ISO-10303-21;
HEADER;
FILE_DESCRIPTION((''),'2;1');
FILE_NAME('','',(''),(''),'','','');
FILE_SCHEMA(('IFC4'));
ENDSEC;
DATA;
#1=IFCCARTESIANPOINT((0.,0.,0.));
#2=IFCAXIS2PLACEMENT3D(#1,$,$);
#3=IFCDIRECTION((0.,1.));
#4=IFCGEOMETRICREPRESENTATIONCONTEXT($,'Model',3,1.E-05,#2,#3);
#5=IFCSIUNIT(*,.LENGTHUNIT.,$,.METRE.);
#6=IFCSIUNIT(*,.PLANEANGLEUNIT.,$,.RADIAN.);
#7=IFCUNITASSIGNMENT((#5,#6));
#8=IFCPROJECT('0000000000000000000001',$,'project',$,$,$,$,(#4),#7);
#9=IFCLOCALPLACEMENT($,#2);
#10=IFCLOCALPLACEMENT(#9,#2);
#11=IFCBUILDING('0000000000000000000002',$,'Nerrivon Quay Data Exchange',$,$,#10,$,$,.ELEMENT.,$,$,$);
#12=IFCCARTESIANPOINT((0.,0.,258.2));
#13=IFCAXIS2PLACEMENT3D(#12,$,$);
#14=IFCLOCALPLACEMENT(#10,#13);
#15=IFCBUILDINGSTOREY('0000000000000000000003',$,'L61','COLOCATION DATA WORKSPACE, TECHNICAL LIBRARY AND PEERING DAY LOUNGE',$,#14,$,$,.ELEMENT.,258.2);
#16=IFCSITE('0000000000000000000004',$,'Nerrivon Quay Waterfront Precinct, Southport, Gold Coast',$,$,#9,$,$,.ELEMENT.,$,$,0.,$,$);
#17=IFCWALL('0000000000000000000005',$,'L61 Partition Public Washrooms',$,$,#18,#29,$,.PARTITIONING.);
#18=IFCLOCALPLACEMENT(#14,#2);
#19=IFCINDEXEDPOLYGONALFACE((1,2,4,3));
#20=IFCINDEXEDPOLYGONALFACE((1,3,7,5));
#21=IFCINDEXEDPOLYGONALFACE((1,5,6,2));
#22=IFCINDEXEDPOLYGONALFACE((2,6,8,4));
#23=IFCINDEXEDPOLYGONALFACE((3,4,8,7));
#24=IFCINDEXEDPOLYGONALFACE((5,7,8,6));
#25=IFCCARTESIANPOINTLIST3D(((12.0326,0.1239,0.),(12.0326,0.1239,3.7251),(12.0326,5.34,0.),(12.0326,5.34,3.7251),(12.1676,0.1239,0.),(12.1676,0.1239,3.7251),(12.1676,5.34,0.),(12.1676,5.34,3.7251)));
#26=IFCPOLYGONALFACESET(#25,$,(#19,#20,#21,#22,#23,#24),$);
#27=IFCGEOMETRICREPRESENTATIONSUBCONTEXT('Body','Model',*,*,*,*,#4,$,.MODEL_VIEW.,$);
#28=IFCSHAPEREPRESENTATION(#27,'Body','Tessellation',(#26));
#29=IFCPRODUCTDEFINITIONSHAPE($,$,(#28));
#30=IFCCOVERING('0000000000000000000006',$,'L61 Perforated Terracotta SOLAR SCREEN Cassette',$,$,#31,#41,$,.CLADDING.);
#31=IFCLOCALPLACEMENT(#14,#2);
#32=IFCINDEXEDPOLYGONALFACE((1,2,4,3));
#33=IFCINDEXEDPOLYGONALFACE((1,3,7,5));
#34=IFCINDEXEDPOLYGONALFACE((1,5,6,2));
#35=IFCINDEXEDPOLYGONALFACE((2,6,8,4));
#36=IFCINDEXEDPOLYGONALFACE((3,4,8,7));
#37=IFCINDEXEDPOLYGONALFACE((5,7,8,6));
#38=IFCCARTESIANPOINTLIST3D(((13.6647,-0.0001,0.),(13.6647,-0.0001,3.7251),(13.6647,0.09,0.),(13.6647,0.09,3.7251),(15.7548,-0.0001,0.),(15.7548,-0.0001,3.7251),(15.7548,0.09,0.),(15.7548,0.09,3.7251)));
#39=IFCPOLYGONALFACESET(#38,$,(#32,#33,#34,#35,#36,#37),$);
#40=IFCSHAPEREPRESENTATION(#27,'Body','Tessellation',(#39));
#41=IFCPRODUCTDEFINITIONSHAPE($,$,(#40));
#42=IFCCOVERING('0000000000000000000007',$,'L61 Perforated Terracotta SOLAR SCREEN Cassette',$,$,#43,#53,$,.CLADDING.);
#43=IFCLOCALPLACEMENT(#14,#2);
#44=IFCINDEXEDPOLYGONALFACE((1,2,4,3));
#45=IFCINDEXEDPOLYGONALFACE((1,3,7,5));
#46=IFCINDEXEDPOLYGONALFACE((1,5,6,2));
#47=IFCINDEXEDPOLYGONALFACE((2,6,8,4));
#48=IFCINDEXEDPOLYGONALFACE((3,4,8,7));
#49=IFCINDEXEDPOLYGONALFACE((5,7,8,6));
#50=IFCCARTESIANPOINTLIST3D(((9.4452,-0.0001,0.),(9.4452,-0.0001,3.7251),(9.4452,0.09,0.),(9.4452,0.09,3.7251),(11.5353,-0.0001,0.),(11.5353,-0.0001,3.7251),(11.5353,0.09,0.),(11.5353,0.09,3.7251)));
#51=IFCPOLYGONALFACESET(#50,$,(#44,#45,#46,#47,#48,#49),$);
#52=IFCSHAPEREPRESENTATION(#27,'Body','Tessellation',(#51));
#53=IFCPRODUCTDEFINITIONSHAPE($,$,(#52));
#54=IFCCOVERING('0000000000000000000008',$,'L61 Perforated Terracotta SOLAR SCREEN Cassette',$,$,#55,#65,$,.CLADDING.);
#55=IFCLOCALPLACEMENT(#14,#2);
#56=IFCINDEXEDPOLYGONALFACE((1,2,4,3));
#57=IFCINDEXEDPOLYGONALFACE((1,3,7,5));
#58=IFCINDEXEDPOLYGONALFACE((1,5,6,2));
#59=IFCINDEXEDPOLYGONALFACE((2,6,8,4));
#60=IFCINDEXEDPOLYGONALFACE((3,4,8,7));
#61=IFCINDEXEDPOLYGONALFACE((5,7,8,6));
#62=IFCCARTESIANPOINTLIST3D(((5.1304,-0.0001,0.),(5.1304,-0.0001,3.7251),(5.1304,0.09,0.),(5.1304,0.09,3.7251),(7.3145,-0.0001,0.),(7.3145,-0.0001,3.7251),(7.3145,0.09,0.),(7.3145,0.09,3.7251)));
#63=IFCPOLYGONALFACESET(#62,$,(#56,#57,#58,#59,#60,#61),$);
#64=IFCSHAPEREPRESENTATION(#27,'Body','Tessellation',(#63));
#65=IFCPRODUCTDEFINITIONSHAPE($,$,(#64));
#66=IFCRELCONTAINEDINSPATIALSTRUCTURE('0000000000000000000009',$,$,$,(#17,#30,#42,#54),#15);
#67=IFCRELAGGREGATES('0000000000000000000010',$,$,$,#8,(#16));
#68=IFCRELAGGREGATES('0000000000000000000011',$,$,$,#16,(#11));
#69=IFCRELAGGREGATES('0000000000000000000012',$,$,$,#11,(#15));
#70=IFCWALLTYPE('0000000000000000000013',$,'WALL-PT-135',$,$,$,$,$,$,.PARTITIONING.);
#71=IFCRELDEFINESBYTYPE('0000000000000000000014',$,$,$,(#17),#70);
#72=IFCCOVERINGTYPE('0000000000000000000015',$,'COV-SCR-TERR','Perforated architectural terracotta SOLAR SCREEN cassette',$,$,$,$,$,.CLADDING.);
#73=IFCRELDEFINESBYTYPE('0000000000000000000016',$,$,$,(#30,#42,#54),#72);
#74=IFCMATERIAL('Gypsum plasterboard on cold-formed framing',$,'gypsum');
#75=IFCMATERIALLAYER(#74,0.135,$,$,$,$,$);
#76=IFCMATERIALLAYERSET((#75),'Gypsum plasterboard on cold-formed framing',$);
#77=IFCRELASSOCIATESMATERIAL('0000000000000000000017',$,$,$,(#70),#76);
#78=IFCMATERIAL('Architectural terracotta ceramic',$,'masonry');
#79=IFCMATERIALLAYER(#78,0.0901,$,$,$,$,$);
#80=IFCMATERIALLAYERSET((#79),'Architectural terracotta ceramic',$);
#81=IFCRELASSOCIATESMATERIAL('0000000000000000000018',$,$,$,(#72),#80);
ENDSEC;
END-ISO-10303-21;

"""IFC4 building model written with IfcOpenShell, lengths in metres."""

from ifc_helpers import new_model, si_unit, direction, frame, frame_2d, origin, origin_2d, place, context, subcontext, project, spatial, rectangle, extrude, material, layer, layer_set, type_object, element, save


model = new_model("IFC4")

# Units and contexts
model_context = context("Model", 3, precision=1e-05, world=origin(), true_north=direction((0.0, 1.0)))
body_context = subcontext(model_context, "Body", "Model", "MODEL_VIEW")
ifc_project = project(units=[si_unit("LENGTHUNIT", "METRE"), si_unit("PLANEANGLEUNIT", "RADIAN")], contexts=[model_context])

# Site, building, storey
site_placement = place(None, origin())
site = spatial("IfcSite", under=ifc_project, at=site_placement, Name="Nerrivon Quay Waterfront Precinct, Southport, Gold Coast", CompositionType="ELEMENT", RefElevation=0.0)
building_placement = place(site_placement, origin())
building = spatial("IfcBuilding", under=site, at=building_placement, Name="Nerrivon Quay Data Exchange", CompositionType="ELEMENT")
storey_placement = place(building_placement, frame((0.0, 0.0, 258.2)))
storey = spatial("IfcBuildingStorey", under=building, at=storey_placement, Name="L61", Description="COLOCATION DATA WORKSPACE, TECHNICAL LIBRARY AND PEERING DAY LOUNGE", CompositionType="ELEMENT", Elevation=258.2)

# Wall
ifc_material_1 = material(Name="Gypsum plasterboard on cold-formed framing", Category="gypsum")
ifc_layer_1 = layer(ifc_material_1, 0.135)
ifc_layer_set_1 = layer_set([ifc_layer_1], Name="Gypsum plasterboard on cold-formed framing")
wall_type_1 = type_object("IfcWallType", Name="WALL-PT-135", PredefinedType="PARTITIONING", material=ifc_layer_set_1)
wall_1_placement = place(storey_placement, frame((12.1001, 0.124, 0.0), z_axis=(0.0, 0.0, 1.0), x_axis=(0.0, 1.0, 0.0)))
element("IfcWall", 1, at=wall_1_placement, inside=storey, type_object=wall_type_1, Name="L61 Partition Public Washrooms", PredefinedType="PARTITIONING", context=body_context, shape_type="SweptSolid", body=[
    extrude(rectangle(XDim=5.2161, YDim=0.135, at=frame_2d((2.6079, 0.0))), origin(), (0.0, 0.0, 1.0), 3.7251),
])

# Coverings
ifc_material_2 = material(Name="Architectural terracotta ceramic", Category="masonry")
ifc_layer_2 = layer(ifc_material_2, 0.0901)
ifc_layer_set_2 = layer_set([ifc_layer_2], Name="Architectural terracotta ceramic")
covering_type = type_object("IfcCoveringType", Name="COV-SCR-TERR", Description="Perforated architectural terracotta SOLAR SCREEN cassette", PredefinedType="CLADDING", material=ifc_layer_set_2)
for number, where, z_axis, x_axis, name in (
    (2, (14.7097, 0.0449, 0.0), (0.0, 0.0, 1.0), (-1.0, 0.0, 0.0), "L61 Perforated Terracotta SOLAR SCREEN Cassette"),
    (3, (10.4902, 0.0449, 0.0), (0.0, 0.0, 1.0), (-1.0, 0.0, 0.0), "L61 Perforated Terracotta SOLAR SCREEN Cassette"),
):
    element("IfcCovering", number, at=place(storey_placement, frame(where, z_axis=z_axis, x_axis=x_axis)), inside=storey, type_object=covering_type, Name=name, PredefinedType="CLADDING", context=body_context, shape_type="SweptSolid", body=[
        extrude(rectangle(XDim=2.0901, YDim=0.0901, at=origin_2d()), origin(), (0.0, 0.0, 1.0), 3.7251),
    ])
covering_placement = place(storey_placement, frame((6.2224, 0.0449, 0.0), z_axis=(0.0, 0.0, 1.0), x_axis=(-1.0, 0.0, 0.0)))
element("IfcCovering", 4, at=covering_placement, inside=storey, type_object=covering_type, Name="L61 Perforated Terracotta SOLAR SCREEN Cassette", PredefinedType="CLADDING", context=body_context, shape_type="SweptSolid", body=[
    extrude(rectangle(XDim=2.1841, YDim=0.0901, at=origin_2d()), origin(), (0.0, 0.0, 1.0), 3.7251),
])

save(model, "model.ifc")
